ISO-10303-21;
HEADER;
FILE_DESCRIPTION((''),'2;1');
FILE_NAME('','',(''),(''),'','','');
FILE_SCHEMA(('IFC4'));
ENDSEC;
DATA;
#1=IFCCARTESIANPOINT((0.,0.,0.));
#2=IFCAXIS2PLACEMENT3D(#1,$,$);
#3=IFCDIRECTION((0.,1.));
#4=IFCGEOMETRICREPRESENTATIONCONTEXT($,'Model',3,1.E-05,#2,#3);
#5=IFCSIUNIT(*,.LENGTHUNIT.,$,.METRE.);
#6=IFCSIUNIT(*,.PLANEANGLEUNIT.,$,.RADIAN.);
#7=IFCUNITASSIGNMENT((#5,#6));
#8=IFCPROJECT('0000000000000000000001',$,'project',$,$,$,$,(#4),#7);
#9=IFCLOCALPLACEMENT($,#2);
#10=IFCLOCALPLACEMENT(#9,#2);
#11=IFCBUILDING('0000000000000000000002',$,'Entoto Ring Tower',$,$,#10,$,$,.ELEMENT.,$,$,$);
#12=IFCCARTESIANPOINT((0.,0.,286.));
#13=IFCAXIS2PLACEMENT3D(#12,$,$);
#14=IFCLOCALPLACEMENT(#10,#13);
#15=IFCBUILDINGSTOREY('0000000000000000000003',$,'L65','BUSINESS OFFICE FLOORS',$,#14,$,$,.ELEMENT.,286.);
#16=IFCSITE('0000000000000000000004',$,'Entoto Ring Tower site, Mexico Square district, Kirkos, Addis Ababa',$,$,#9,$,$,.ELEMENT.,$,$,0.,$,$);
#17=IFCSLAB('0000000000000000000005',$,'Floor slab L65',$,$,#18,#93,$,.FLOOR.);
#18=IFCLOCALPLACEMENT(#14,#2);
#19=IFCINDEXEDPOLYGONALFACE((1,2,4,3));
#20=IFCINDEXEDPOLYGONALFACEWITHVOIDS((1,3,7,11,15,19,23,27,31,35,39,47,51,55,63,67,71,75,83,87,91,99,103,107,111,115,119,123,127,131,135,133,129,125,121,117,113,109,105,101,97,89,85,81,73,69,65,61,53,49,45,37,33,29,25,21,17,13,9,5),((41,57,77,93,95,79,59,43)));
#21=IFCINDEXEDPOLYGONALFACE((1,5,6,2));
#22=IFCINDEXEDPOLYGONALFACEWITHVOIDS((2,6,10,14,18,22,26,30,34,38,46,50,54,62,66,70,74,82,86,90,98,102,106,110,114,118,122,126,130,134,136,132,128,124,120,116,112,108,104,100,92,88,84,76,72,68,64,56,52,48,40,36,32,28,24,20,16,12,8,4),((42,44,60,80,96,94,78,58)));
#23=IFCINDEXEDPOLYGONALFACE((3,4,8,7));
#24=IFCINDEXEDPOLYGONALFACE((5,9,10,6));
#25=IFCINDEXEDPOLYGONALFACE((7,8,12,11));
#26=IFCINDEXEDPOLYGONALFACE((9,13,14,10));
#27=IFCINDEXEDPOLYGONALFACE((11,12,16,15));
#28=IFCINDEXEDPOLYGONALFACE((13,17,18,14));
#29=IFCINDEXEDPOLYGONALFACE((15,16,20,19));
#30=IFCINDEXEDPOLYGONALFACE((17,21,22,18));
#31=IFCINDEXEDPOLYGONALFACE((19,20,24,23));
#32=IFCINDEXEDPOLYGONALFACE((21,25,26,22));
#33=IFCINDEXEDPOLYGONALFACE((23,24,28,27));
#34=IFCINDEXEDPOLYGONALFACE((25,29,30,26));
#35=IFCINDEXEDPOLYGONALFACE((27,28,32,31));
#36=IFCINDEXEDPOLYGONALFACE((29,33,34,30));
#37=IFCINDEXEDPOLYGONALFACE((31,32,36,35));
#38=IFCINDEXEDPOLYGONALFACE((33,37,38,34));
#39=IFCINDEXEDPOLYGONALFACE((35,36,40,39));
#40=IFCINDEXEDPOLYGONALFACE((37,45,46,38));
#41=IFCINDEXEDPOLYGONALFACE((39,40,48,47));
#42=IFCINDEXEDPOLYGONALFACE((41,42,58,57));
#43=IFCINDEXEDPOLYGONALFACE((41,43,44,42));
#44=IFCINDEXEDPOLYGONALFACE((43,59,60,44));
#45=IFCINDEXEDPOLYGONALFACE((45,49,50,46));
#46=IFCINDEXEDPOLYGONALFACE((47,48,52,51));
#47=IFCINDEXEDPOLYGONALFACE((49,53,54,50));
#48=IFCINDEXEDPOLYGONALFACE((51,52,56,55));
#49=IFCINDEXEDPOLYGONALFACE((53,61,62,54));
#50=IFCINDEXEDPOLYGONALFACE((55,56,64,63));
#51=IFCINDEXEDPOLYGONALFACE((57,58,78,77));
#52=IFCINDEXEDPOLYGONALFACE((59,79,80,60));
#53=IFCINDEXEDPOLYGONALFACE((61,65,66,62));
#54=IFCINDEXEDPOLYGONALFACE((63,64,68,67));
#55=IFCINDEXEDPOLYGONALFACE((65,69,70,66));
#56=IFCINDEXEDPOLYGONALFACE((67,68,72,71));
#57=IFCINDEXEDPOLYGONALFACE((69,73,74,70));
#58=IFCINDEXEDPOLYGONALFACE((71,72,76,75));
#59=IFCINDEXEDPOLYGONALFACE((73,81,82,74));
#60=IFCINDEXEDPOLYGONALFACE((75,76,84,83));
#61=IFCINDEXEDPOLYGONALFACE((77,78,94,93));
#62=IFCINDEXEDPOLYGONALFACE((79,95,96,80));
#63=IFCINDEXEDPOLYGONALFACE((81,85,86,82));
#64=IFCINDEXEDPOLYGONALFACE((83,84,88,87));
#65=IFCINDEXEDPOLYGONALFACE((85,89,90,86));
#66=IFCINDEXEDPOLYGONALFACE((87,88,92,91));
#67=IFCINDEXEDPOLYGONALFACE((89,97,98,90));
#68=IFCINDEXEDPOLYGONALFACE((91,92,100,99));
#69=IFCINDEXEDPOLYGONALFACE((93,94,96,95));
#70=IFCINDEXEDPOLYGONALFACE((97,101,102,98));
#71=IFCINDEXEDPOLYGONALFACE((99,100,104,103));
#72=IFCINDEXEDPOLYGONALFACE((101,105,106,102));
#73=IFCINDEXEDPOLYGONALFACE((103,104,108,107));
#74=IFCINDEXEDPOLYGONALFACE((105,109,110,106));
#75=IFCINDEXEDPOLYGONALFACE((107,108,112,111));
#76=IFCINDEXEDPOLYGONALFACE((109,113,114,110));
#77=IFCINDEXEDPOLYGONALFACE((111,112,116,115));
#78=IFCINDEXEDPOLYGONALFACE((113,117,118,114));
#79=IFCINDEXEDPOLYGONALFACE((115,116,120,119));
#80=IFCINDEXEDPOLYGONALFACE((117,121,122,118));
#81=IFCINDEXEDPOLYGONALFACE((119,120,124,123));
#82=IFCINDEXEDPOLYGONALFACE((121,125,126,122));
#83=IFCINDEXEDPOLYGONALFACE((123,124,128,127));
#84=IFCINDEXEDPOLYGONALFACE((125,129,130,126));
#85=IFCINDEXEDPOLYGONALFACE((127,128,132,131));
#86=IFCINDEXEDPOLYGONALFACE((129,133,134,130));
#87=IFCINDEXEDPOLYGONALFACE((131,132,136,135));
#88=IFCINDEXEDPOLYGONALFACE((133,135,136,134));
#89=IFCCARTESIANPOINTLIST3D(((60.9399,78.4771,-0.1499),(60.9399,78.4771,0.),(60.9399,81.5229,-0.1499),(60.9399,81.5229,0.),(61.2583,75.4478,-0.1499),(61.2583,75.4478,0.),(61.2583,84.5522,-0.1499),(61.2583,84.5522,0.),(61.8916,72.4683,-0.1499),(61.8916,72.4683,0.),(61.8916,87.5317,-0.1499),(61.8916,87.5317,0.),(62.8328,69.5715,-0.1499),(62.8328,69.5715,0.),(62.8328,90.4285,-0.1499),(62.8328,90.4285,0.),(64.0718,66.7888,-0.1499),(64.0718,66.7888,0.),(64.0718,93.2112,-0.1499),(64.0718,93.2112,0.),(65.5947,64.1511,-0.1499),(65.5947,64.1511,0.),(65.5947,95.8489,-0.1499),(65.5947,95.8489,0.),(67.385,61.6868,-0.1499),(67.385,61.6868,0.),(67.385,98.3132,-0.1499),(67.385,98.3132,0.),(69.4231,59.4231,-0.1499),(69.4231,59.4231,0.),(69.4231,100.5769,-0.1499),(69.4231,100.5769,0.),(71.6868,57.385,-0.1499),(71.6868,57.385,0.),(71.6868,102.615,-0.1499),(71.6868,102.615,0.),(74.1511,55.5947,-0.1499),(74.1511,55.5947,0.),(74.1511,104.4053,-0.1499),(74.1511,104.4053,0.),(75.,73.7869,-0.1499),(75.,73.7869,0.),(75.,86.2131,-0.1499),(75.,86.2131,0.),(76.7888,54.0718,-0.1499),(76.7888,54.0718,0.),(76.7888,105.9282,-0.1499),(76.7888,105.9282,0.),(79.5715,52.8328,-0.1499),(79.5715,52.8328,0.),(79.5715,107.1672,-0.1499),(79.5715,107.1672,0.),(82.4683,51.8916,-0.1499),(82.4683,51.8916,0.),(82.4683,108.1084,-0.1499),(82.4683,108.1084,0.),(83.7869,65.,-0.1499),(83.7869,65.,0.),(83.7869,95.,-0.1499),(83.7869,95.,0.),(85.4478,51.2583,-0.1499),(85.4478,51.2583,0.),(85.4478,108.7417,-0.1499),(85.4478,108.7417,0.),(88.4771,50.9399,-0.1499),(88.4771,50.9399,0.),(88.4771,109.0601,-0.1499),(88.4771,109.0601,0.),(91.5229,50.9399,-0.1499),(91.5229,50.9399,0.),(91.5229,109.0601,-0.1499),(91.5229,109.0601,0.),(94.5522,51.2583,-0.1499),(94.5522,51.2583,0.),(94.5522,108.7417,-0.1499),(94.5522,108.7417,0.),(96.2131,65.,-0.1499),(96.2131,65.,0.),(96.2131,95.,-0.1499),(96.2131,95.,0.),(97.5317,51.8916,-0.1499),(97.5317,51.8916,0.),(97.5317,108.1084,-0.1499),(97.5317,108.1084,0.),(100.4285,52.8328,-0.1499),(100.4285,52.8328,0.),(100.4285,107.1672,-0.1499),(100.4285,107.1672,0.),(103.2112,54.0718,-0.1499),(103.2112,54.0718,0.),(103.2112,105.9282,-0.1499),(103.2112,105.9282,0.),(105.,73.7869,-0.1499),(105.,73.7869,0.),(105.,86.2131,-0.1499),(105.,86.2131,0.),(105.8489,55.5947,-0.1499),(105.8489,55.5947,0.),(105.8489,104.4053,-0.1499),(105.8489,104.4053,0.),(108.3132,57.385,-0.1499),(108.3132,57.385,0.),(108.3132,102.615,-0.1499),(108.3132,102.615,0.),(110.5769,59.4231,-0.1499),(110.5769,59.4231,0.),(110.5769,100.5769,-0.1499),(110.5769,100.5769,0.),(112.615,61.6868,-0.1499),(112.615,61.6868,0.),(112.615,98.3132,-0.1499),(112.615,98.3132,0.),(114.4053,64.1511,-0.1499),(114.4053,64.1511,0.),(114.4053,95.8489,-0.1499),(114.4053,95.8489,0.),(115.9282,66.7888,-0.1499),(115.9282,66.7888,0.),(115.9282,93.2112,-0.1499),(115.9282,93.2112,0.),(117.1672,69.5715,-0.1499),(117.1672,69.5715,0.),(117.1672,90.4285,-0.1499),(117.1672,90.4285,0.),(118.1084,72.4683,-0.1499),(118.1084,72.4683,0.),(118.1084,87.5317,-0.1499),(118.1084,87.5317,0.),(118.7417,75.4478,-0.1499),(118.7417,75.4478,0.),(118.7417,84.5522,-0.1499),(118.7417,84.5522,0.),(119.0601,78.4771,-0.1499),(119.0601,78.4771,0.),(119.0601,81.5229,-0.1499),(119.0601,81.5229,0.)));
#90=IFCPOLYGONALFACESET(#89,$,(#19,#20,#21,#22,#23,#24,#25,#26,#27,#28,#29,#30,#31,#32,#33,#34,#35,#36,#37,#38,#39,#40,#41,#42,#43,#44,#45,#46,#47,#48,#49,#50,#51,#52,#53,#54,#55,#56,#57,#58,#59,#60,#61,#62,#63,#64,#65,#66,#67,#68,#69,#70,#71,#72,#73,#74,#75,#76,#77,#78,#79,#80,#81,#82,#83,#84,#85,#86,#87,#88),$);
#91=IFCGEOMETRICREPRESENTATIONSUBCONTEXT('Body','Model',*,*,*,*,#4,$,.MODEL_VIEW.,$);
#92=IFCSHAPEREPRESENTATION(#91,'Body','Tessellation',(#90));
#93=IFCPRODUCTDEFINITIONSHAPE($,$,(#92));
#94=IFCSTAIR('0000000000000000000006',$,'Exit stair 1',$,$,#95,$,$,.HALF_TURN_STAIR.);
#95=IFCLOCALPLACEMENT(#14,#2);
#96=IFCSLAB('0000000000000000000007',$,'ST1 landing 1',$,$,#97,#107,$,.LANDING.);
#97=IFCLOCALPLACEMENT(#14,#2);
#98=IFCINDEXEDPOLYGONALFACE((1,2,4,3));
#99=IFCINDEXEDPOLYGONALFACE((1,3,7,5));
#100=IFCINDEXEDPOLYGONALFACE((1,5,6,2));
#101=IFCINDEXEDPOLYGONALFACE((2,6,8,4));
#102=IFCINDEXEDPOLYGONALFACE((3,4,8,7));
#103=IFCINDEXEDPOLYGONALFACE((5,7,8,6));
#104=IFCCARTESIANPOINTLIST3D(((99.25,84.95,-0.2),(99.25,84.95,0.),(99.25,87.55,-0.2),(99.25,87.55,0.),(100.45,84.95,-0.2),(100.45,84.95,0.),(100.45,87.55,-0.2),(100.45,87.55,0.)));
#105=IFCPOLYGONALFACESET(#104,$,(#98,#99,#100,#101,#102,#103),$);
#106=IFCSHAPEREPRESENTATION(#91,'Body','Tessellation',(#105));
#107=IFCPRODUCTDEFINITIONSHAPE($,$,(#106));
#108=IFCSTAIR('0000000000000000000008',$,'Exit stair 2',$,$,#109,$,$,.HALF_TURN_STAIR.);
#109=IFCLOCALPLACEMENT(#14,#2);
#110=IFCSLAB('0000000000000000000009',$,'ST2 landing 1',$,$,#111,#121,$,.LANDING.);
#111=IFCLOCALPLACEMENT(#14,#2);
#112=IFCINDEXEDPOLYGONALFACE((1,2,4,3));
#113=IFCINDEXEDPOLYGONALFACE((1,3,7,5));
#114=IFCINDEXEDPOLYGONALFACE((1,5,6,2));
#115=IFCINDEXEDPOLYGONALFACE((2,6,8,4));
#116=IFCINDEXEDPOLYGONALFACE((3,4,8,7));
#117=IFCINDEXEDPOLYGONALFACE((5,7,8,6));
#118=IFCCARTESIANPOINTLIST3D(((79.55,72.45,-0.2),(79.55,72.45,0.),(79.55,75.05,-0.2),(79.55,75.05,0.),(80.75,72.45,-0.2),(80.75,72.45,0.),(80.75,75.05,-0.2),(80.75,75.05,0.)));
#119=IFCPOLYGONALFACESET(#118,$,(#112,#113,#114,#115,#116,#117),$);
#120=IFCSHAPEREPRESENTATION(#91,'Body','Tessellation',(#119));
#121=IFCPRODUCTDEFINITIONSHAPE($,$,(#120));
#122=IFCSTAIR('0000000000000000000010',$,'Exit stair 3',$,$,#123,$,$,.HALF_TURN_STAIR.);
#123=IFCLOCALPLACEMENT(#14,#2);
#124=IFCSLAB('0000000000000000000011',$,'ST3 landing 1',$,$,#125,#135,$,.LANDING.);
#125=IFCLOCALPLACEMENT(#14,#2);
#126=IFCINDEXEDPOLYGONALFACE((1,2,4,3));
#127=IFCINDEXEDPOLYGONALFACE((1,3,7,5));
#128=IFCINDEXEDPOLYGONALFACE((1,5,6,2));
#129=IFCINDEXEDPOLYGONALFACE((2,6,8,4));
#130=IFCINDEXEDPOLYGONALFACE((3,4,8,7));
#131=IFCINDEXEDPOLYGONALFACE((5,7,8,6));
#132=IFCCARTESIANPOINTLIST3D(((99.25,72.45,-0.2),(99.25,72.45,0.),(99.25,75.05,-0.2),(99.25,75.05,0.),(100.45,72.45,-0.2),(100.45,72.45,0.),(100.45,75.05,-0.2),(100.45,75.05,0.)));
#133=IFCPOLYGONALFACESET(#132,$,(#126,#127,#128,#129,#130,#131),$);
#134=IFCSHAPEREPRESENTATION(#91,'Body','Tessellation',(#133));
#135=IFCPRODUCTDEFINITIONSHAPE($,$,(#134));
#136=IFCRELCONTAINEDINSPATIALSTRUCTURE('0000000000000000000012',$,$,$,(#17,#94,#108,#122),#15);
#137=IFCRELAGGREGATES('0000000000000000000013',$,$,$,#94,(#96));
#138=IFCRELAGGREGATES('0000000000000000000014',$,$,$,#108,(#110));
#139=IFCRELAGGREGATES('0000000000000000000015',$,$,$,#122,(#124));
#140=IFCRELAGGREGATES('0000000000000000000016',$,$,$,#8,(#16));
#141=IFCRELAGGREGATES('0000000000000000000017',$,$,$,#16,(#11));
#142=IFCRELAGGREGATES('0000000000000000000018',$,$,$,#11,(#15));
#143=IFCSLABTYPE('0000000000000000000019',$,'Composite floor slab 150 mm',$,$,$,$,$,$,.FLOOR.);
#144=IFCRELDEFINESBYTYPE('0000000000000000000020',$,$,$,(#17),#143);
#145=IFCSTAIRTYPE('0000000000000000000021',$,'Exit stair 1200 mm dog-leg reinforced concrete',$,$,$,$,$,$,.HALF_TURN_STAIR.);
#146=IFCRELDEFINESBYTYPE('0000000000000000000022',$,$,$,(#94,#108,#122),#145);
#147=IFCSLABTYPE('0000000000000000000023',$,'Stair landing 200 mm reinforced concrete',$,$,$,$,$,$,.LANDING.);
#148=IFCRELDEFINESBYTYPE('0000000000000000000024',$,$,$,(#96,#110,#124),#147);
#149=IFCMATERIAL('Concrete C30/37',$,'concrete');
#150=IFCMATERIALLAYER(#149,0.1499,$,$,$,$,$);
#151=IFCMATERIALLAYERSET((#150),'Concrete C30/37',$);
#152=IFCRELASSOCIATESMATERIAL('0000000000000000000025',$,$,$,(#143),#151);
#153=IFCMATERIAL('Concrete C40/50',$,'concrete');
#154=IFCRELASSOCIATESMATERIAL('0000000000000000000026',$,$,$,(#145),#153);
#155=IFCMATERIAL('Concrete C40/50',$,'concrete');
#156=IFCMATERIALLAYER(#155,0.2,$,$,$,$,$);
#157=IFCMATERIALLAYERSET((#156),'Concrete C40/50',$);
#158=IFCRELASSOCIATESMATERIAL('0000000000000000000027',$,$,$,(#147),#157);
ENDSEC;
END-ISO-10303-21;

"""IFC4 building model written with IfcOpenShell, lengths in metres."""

from ifc_helpers import new_model, si_unit, direction, frame, origin, place, context, subcontext, project, spatial, polyline, outline, extrude, material, layer, layer_set, type_object, element, aggregate, save


model = new_model("IFC4")

# Units and contexts
model_context = context("Model", 3, precision=1e-05, world=origin(), true_north=direction((0.0, 1.0)))
body_context = subcontext(model_context, "Body", "Model", "MODEL_VIEW")
ifc_project = project(units=[si_unit("LENGTHUNIT", "METRE"), si_unit("PLANEANGLEUNIT", "RADIAN")], contexts=[model_context])

# Site, building, storey
site_placement = place(None, origin())
building_placement = place(site_placement, origin())
storey_placement = place(building_placement, frame((0.0, 0.0, 286.0)))
site = spatial("IfcSite", under=ifc_project, at=site_placement, Name="Entoto Ring Tower site, Mexico Square district, Kirkos, Addis Ababa", CompositionType="ELEMENT", RefElevation=0.0)
building = spatial("IfcBuilding", under=site, at=building_placement, Name="Entoto Ring Tower", CompositionType="ELEMENT")
storey = spatial("IfcBuildingStorey", under=building, at=storey_placement, Name="L65", Description="BUSINESS OFFICE FLOORS", CompositionType="ELEMENT", Elevation=286.0)

# Slab
ifc_material_1 = material(Name="Concrete C30/37", Category="concrete")
ifc_layer_1 = layer(ifc_material_1, 0.1499)
ifc_layer_set_1 = layer_set([ifc_layer_1], Name="Concrete C30/37")
slab_type_1 = type_object("IfcSlabType", Name="Composite floor slab 150 mm", PredefinedType="FLOOR", material=ifc_layer_set_1)
slab_1_placement = place(storey_placement, frame((0.0, 0.0, -0.1499)))
element("IfcSlab", 1, at=slab_1_placement, inside=storey, type_object=slab_type_1, Name="Floor slab L65", PredefinedType="FLOOR", context=body_context, shape_type="SweptSolid", body=[
    extrude(outline(polyline([(118.7417, 84.5522), (118.1084, 87.5317), (117.1672, 90.4285), (115.9282, 93.2112), (114.4053, 95.8489), (112.615, 98.3132), (110.5769, 100.5769), (108.3132, 102.615), (105.8489, 104.4053), (103.2112, 105.9282), (100.4285, 107.1672), (97.5317, 108.1084), (94.5522, 108.7417), (91.5229, 109.0601), (88.4771, 109.0601), (85.4478, 108.7417), (82.4683, 108.1084), (79.5715, 107.1672), (76.7888, 105.9282), (74.1511, 104.4053), (71.6868, 102.615), (69.4231, 100.5769), (67.385, 98.3132), (65.5947, 95.8489), (64.0718, 93.2112), (62.8328, 90.4285), (61.8916, 87.5317), (61.2583, 84.5522), (60.9399, 81.5229), (60.9399, 78.4771), (61.2583, 75.4478), (61.8916, 72.4683), (62.8328, 69.5715), (64.0718, 66.7888), (65.5947, 64.1511), (67.385, 61.6868), (69.4231, 59.4231), (71.6868, 57.385), (74.1511, 55.5947), (76.7888, 54.0718), (79.5715, 52.8328), (82.4683, 51.8916), (85.4478, 51.2583), (88.4771, 50.9399), (91.5229, 50.9399), (94.5522, 51.2583), (97.5317, 51.8916), (100.4285, 52.8328), (103.2112, 54.0718), (105.8489, 55.5947), (108.3132, 57.385), (110.5769, 59.4231), (112.615, 61.6868), (114.4053, 64.1511), (115.9282, 66.7888), (117.1672, 69.5715), (118.1084, 72.4683), (118.7417, 75.4478), (119.0601, 78.4771), (119.0601, 81.5229), (118.7417, 84.5522)]), holes=[polyline([(105.0, 73.7869), (105.0, 86.2131), (96.2131, 95.0), (83.7869, 95.0), (75.0, 86.2131), (75.0, 73.7869), (83.7869, 65.0), (96.2131, 65.0), (105.0, 73.7869)])]), origin(), (0.0, 0.0, 1.0), 0.1499),
])

# Stairs, slabs
ifc_material_2 = material(Name="Concrete C40/50", Category="concrete")
stair_type = type_object("IfcStairType", Name="Exit stair 1200 mm dog-leg reinforced concrete", PredefinedType="HALF_TURN_STAIR", material=ifc_material_2)
stair_1_placement = place(storey_placement, origin())
stair_1 = element("IfcStair", 2, at=stair_1_placement, inside=storey, type_object=stair_type, Name="Exit stair 1", PredefinedType="HALF_TURN_STAIR")
ifc_material_3 = material(Name="Concrete C40/50", Category="concrete")
ifc_layer_2 = layer(ifc_material_3, 0.2)
ifc_layer_set_2 = layer_set([ifc_layer_2], Name="Concrete C40/50")
slab_type_2 = type_object("IfcSlabType", Name="Stair landing 200 mm reinforced concrete", PredefinedType="LANDING", material=ifc_layer_set_2)
slab_2_placement = place(storey_placement, frame((0.0, 0.0, -0.2)))
slab_2 = element("IfcSlab", 3, at=slab_2_placement, type_object=slab_type_2, Name="ST1 landing 1", PredefinedType="LANDING", context=body_context, shape_type="SweptSolid", body=[
    extrude(outline(polyline([(100.45, 84.95), (100.45, 87.55), (99.25, 87.55), (99.25, 84.95), (100.45, 84.95)])), origin(), (0.0, 0.0, 1.0), 0.2),
])
aggregate(stair_1, [slab_2])
stair_2_placement = place(storey_placement, origin())
stair_2 = element("IfcStair", 4, at=stair_2_placement, inside=storey, type_object=stair_type, Name="Exit stair 2", PredefinedType="HALF_TURN_STAIR")
slab_3_placement = place(storey_placement, frame((0.0, 0.0, -0.2)))
slab_3 = element("IfcSlab", 5, at=slab_3_placement, type_object=slab_type_2, Name="ST2 landing 1", PredefinedType="LANDING", context=body_context, shape_type="SweptSolid", body=[
    extrude(outline(polyline([(80.75, 72.45), (80.75, 75.05), (79.55, 75.05), (79.55, 72.45), (80.75, 72.45)])), origin(), (0.0, 0.0, 1.0), 0.2),
])
aggregate(stair_2, [slab_3])
stair_3_placement = place(storey_placement, origin())
stair_3 = element("IfcStair", 6, at=stair_3_placement, inside=storey, type_object=stair_type, Name="Exit stair 3", PredefinedType="HALF_TURN_STAIR")
slab_4_placement = place(storey_placement, frame((0.0, 0.0, -0.2)))
slab_4 = element("IfcSlab", 7, at=slab_4_placement, type_object=slab_type_2, Name="ST3 landing 1", PredefinedType="LANDING", context=body_context, shape_type="SweptSolid", body=[
    extrude(outline(polyline([(100.45, 72.45), (100.45, 75.05), (99.25, 75.05), (99.25, 72.45), (100.45, 72.45)])), origin(), (0.0, 0.0, 1.0), 0.2),
])
aggregate(stair_3, [slab_4])

save(model, "model.ifc")
